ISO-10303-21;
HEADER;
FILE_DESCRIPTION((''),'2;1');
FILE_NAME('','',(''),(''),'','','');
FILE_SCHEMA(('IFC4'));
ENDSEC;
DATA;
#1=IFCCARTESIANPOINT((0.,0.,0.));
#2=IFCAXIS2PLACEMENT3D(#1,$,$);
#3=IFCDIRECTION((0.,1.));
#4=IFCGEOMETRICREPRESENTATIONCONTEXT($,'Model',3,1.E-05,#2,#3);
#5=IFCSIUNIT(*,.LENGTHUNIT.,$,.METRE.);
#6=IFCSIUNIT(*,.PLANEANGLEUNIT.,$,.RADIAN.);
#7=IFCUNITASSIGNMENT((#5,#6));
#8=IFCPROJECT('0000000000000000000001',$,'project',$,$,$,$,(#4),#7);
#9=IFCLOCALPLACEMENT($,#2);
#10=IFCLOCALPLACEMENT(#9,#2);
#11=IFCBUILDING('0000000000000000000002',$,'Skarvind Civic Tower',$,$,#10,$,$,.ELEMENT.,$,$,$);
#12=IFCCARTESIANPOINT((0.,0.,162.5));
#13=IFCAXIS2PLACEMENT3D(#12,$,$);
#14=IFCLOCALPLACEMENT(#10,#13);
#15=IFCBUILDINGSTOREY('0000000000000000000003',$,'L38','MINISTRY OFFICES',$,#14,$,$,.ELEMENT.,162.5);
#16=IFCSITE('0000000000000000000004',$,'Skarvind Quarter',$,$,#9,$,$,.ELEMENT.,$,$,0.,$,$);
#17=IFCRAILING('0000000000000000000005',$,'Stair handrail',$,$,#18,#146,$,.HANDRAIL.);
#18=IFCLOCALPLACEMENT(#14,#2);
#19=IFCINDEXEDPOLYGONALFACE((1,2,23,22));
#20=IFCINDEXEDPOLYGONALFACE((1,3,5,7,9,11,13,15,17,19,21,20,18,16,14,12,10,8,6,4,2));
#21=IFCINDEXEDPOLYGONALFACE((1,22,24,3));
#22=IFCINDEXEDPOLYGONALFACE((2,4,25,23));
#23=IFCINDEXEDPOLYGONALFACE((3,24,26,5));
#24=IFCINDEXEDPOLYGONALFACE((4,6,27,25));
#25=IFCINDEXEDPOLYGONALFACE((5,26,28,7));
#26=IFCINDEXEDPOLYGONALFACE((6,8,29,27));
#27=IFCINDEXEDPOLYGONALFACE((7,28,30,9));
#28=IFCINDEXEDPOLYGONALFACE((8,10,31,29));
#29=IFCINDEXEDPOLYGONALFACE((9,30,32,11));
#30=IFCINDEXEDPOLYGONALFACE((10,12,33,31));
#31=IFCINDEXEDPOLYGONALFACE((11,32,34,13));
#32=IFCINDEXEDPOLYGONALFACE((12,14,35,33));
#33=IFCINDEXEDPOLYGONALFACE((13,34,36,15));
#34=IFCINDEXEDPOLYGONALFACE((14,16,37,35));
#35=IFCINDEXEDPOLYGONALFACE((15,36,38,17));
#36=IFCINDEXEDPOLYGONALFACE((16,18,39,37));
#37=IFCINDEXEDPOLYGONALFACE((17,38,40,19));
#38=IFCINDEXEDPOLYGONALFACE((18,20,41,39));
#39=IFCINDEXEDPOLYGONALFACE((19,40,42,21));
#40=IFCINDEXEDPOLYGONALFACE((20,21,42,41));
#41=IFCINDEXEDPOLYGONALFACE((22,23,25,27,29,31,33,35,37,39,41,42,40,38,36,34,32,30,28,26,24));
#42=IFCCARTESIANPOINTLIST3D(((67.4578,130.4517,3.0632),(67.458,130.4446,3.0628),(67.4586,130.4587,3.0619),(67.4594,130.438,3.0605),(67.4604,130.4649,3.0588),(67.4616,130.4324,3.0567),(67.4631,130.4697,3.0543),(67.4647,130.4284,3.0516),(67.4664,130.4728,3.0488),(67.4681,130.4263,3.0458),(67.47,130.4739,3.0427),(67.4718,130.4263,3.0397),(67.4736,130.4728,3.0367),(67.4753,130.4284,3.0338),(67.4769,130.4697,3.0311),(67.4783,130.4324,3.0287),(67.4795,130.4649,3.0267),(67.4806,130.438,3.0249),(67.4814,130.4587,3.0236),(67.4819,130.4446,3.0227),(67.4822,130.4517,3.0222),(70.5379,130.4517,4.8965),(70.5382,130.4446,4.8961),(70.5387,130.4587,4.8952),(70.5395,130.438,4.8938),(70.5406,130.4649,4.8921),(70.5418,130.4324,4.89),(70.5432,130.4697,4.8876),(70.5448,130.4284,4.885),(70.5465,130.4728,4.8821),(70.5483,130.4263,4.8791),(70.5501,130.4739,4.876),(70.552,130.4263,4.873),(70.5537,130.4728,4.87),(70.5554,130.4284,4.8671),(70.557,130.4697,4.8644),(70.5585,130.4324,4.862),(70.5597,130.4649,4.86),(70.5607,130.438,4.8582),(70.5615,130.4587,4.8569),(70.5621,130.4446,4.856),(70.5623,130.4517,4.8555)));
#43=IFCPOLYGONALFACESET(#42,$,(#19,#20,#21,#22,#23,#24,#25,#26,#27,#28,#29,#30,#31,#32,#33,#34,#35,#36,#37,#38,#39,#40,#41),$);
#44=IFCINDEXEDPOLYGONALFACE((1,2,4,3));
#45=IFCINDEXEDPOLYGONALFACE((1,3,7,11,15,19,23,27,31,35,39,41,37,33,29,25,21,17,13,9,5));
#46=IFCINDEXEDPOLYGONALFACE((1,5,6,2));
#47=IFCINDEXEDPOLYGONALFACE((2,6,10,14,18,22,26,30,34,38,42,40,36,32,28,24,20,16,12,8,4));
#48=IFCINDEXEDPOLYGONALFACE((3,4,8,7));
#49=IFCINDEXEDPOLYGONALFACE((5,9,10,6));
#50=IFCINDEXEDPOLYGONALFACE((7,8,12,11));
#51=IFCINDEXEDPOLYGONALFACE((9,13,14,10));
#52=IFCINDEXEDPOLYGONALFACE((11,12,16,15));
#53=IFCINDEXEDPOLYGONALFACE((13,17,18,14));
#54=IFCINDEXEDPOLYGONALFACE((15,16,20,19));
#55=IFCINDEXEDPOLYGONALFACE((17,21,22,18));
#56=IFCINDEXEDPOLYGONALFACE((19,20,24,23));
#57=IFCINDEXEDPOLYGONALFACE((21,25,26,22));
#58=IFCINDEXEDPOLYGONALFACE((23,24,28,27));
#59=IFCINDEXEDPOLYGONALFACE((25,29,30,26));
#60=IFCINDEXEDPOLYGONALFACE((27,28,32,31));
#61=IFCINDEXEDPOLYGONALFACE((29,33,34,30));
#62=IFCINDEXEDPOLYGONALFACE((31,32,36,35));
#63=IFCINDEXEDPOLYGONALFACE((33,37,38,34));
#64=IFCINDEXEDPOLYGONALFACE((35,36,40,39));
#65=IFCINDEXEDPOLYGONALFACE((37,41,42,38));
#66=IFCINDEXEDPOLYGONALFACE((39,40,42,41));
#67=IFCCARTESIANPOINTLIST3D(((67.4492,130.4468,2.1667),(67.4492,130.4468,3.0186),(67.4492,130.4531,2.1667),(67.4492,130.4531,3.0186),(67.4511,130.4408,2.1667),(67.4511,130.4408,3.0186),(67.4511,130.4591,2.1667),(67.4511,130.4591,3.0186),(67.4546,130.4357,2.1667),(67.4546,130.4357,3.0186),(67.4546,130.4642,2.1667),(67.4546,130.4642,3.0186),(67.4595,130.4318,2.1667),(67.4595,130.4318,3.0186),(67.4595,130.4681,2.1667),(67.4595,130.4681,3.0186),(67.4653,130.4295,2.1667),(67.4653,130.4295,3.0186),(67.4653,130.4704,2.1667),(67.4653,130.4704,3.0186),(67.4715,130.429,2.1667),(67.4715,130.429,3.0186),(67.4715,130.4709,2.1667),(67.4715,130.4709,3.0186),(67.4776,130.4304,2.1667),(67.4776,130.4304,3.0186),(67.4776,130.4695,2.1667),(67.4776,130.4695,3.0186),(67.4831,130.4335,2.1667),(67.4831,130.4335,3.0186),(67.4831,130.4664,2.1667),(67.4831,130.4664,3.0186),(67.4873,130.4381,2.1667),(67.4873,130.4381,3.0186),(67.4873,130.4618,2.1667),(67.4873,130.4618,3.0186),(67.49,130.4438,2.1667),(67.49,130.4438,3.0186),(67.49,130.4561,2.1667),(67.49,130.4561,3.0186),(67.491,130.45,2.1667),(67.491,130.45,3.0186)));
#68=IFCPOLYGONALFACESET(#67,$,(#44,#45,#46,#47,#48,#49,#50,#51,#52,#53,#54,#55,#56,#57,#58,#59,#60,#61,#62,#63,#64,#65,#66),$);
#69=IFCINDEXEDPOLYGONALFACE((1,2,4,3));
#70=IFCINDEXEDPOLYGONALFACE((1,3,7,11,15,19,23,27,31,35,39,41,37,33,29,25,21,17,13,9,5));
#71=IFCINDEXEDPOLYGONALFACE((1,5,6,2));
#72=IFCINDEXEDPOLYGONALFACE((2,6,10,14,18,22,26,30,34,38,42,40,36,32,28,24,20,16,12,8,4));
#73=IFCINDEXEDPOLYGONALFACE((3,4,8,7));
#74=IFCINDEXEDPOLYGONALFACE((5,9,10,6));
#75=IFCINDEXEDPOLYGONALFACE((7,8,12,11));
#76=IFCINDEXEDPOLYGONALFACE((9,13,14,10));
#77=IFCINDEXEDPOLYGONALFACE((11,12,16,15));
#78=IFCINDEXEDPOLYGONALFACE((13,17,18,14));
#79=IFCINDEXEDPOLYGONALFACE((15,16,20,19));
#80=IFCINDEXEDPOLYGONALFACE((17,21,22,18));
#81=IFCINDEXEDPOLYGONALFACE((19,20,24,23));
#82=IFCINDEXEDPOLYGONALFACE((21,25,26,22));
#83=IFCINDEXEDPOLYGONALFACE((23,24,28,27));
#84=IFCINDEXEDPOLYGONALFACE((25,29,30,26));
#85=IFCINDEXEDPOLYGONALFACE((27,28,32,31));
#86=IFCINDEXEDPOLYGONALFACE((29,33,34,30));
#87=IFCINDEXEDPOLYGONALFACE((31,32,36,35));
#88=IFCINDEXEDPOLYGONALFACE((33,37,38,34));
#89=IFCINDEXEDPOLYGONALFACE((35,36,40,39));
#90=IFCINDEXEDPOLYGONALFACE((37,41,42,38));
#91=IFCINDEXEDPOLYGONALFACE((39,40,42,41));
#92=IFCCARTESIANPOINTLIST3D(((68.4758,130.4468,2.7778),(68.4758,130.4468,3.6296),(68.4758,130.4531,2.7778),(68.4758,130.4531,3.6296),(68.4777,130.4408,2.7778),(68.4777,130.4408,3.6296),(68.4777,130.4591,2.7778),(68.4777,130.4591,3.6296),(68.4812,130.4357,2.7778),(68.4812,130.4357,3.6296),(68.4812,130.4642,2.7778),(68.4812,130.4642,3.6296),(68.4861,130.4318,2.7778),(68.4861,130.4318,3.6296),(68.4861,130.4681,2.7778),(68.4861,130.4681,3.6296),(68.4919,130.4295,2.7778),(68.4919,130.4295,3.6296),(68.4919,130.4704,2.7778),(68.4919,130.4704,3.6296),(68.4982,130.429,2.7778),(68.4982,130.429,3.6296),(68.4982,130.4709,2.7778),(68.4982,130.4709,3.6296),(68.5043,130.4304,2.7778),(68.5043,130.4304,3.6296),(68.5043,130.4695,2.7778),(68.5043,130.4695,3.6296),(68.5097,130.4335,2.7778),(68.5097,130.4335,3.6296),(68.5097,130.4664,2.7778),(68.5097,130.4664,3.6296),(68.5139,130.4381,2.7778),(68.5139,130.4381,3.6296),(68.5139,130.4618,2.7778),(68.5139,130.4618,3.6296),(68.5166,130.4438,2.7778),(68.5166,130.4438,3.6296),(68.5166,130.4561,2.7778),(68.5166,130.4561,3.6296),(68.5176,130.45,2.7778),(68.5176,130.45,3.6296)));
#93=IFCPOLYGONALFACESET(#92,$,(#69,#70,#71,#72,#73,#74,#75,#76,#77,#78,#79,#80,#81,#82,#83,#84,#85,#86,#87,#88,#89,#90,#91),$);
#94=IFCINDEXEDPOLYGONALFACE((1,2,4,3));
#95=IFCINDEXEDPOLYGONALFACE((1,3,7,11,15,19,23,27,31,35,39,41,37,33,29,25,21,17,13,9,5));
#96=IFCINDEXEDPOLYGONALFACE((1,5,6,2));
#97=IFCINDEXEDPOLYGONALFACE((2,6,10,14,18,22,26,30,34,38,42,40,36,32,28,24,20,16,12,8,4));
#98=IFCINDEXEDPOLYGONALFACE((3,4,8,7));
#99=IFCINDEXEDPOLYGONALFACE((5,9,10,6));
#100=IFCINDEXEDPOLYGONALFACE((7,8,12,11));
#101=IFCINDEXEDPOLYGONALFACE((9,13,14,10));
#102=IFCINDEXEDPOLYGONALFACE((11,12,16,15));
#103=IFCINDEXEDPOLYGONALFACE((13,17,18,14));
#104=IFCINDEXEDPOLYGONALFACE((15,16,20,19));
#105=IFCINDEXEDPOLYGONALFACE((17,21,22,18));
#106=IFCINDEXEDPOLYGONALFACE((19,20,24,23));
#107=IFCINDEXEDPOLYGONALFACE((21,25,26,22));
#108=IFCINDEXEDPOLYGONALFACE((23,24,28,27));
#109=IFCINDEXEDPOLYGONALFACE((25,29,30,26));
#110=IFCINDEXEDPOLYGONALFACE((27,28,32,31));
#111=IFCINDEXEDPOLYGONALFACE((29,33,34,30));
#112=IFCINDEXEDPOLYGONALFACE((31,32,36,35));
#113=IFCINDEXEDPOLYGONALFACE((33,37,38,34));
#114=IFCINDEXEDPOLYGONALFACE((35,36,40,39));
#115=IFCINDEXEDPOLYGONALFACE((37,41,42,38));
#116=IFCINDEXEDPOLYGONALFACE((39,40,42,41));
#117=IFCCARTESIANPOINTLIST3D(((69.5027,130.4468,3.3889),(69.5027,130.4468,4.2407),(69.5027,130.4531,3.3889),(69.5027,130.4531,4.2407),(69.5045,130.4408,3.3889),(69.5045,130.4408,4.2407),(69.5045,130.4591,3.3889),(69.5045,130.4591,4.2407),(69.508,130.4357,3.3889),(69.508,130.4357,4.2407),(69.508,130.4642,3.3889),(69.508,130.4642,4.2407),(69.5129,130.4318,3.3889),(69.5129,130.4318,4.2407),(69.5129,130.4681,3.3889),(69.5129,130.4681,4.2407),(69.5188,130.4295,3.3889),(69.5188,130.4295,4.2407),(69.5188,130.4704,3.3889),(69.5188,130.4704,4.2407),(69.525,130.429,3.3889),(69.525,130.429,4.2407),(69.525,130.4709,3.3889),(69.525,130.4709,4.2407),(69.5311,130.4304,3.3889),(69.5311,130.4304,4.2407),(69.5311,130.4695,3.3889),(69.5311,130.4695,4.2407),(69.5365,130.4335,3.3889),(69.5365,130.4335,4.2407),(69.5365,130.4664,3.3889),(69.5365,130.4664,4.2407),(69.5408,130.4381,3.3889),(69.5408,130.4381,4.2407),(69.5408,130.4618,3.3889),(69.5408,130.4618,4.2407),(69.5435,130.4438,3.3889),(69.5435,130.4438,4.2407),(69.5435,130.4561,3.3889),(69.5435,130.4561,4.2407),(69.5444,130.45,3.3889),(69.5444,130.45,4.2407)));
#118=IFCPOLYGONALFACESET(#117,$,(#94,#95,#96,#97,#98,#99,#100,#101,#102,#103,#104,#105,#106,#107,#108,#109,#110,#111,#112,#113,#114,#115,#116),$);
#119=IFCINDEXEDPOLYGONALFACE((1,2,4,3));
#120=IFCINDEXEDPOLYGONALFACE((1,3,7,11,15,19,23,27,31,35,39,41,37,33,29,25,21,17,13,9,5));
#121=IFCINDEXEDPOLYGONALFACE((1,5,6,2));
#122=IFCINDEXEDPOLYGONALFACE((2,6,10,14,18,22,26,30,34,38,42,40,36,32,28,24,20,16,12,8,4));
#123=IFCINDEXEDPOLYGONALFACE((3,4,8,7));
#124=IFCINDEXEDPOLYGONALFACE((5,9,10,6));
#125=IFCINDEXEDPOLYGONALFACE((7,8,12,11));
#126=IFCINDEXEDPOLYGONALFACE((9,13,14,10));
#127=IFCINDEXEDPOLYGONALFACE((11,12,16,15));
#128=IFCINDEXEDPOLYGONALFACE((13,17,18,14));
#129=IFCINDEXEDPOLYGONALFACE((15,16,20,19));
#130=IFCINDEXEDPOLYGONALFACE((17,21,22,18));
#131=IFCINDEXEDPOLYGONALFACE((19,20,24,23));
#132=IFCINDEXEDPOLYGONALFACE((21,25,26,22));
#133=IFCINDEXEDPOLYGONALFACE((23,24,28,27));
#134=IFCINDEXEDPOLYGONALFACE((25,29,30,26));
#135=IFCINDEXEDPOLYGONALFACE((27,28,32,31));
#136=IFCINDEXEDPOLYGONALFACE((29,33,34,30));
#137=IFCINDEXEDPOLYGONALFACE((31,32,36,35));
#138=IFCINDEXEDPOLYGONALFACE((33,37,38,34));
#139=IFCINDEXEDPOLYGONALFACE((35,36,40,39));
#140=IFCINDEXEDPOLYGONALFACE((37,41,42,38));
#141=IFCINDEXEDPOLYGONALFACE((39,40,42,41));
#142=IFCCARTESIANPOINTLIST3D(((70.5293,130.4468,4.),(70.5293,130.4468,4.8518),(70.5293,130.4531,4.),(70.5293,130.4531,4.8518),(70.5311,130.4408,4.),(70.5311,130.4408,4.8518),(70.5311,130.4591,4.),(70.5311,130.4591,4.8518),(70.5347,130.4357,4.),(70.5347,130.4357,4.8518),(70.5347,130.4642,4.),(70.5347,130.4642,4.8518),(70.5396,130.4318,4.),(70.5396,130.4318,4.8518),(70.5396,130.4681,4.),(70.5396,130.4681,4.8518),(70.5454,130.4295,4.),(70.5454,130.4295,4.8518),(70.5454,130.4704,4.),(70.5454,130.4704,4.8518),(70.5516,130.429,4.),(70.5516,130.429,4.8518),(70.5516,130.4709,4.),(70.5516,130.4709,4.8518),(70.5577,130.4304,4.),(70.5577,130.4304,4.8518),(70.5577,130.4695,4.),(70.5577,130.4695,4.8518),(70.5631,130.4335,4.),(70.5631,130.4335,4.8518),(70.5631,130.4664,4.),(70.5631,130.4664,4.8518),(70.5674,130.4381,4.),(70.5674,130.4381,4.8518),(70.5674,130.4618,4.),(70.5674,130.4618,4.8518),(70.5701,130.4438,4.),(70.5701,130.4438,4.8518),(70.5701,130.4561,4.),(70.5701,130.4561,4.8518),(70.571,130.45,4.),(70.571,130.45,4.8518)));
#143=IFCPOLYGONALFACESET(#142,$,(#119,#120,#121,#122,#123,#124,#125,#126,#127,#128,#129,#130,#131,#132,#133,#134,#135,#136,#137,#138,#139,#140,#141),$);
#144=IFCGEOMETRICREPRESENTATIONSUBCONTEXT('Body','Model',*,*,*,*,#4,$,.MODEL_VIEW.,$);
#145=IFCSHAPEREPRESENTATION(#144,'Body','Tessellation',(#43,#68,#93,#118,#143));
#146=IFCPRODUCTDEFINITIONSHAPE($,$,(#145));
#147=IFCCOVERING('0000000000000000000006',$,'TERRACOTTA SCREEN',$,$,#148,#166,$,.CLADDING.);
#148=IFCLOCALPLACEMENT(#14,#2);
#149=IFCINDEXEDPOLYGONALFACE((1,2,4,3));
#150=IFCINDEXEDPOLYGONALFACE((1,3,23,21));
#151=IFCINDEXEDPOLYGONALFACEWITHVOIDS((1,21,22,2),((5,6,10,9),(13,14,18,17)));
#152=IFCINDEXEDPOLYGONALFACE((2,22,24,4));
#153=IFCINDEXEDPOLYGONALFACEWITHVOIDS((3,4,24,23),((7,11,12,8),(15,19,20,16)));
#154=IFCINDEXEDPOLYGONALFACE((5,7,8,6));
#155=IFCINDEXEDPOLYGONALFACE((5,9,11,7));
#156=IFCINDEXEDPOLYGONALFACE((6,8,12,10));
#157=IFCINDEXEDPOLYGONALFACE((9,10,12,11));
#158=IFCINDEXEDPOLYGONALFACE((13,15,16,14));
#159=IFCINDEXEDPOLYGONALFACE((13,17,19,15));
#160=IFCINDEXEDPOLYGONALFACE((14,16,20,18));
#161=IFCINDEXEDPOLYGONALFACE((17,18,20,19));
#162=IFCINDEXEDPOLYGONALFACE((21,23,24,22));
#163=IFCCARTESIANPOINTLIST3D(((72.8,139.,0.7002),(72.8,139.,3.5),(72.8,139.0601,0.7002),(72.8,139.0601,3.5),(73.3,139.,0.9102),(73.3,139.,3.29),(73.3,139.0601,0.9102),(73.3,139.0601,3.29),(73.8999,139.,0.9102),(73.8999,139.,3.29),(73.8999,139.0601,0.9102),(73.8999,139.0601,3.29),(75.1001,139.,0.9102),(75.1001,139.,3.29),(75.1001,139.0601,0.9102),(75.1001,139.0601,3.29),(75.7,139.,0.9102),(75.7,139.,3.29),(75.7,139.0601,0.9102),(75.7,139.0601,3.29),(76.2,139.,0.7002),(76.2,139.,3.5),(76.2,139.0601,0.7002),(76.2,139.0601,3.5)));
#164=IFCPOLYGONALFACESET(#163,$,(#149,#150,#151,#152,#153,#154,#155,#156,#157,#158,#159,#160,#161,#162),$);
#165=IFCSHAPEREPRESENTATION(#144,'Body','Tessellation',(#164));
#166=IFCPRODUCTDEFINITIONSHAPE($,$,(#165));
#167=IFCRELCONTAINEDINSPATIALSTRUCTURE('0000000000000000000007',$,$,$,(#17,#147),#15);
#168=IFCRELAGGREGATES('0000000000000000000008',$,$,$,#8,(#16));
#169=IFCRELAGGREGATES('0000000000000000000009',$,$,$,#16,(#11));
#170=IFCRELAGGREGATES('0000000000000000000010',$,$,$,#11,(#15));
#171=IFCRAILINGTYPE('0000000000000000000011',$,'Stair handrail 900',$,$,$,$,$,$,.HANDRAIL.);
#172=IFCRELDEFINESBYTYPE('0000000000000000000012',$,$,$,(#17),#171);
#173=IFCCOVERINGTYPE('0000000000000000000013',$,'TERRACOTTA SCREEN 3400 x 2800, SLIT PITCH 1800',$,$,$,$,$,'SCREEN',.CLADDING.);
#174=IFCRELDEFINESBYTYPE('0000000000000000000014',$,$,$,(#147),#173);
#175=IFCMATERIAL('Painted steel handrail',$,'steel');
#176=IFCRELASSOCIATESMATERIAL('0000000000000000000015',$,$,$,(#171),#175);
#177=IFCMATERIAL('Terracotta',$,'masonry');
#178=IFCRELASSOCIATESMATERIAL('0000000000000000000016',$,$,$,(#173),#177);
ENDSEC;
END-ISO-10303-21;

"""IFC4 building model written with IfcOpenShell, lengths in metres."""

from ifc_helpers import new_model, si_unit, direction, frame, origin, origin_2d, place, context, subcontext, project, spatial, polyline, circle, outline, extrude, material, material_profile, profile_set, type_object, element, save


model = new_model("IFC4")

# Units and contexts
model_context = context("Model", 3, precision=1e-05, world=origin(), true_north=direction((0.0, 1.0)))
body_context = subcontext(model_context, "Body", "Model", "MODEL_VIEW")
ifc_project = project(units=[si_unit("LENGTHUNIT", "METRE"), si_unit("PLANEANGLEUNIT", "RADIAN")], contexts=[model_context])

# Site, building, storey
site_placement = place(None, origin())
site = spatial("IfcSite", under=ifc_project, at=site_placement, Name="Skarvind Quarter", CompositionType="ELEMENT", RefElevation=0.0)
building_placement = place(site_placement, origin())
building = spatial("IfcBuilding", under=site, at=building_placement, Name="Skarvind Civic Tower", CompositionType="ELEMENT")
storey_placement = place(building_placement, frame((0.0, 0.0, 162.5)))
storey = spatial("IfcBuildingStorey", under=building, at=storey_placement, Name="L38", Description="MINISTRY OFFICES", CompositionType="ELEMENT", Elevation=162.5)

# Railing
ifc_material_1 = material(Name="Painted steel handrail", Category="steel")
railing_type = type_object("IfcRailingType", Name="Stair handrail 900", PredefinedType="HANDRAIL", material=ifc_material_1)
railing_1_placement = place(storey_placement, frame((67.47, 130.45, 2.1667)))
element("IfcRailing", 1, at=railing_1_placement, inside=storey, type_object=railing_type, Name="Stair handrail", PredefinedType="HANDRAIL", context=body_context, shape_type="SweptSolid", body=[
    extrude(circle(Radius=0.0239, at=origin_2d()), frame((0.0, 0.0, 0.876), z_axis=(0.859309, 0.0, 0.511458), x_axis=(0.0, 1.0, 0.0)), (0.0, 0.0, 1.0), 3.5845),
    extrude(circle(Radius=0.021, at=origin_2d()), origin(), (0.0, 0.0, 1.0), 0.8518),
    extrude(circle(Radius=0.021, at=origin_2d()), frame((1.0266, 0.0, 0.6111)), (0.0, 0.0, 1.0), 0.8518),
    extrude(circle(Radius=0.021, at=origin_2d()), frame((2.0535, 0.0, 1.2222)), (0.0, 0.0, 1.0), 0.8518),
    extrude(circle(Radius=0.021, at=origin_2d()), frame((3.0801, 0.0, 1.8333)), (0.0, 0.0, 1.0), 0.8518),
])

# Covering
ifc_material_2 = material(Name="Terracotta", Category="masonry")
ifc_material_profile_1 = material_profile(ifc_material_2, outline(polyline([(-1.7, -1.3999), (1.7, -1.3999), (1.7, 1.3999), (-1.7, 1.3999), (-1.7, -1.3999)]), holes=[polyline([(-1.2, -1.1899), (-0.6001, -1.1899), (-0.6001, 1.1899), (-1.2, 1.1899), (-1.2, -1.1899)]), polyline([(0.6001, -1.1899), (1.2, -1.1899), (1.2, 1.1899), (0.6001, 1.1899), (0.6001, -1.1899)])]), Name="TERRACOTTA SCREEN 3400 x 2800, SLIT PITCH 1800")
ifc_profile_set_1 = profile_set([ifc_material_profile_1], Name="Terracotta")
covering_type = type_object("IfcCoveringType", Name="TERRACOTTA SCREEN 3400 x 2800, SLIT PITCH 1800", ElementType="SCREEN", PredefinedType="CLADDING", material=ifc_profile_set_1)
covering_placement = place(storey_placement, frame((74.5, 139.0, 2.1001), z_axis=(0.0, 1.0, 0.0), x_axis=(-1.0, 0.0, 0.0)))
element("IfcCovering", 2, at=covering_placement, inside=storey, type_object=covering_type, Name="TERRACOTTA SCREEN", PredefinedType="CLADDING", context=body_context, shape_type="SweptSolid", body=[
    extrude(outline(polyline([(-1.7, -1.3999), (1.7, -1.3999), (1.7, 1.3999), (-1.7, 1.3999), (-1.7, -1.3999)]), holes=[polyline([(-1.2, -1.1899), (-0.6001, -1.1899), (-0.6001, 1.1899), (-1.2, 1.1899), (-1.2, -1.1899)]), polyline([(0.6001, -1.1899), (1.2, -1.1899), (1.2, 1.1899), (0.6001, 1.1899), (0.6001, -1.1899)])]), origin(), (0.0, 0.0, 1.0), 0.0601),
])

save(model, "model.ifc")
